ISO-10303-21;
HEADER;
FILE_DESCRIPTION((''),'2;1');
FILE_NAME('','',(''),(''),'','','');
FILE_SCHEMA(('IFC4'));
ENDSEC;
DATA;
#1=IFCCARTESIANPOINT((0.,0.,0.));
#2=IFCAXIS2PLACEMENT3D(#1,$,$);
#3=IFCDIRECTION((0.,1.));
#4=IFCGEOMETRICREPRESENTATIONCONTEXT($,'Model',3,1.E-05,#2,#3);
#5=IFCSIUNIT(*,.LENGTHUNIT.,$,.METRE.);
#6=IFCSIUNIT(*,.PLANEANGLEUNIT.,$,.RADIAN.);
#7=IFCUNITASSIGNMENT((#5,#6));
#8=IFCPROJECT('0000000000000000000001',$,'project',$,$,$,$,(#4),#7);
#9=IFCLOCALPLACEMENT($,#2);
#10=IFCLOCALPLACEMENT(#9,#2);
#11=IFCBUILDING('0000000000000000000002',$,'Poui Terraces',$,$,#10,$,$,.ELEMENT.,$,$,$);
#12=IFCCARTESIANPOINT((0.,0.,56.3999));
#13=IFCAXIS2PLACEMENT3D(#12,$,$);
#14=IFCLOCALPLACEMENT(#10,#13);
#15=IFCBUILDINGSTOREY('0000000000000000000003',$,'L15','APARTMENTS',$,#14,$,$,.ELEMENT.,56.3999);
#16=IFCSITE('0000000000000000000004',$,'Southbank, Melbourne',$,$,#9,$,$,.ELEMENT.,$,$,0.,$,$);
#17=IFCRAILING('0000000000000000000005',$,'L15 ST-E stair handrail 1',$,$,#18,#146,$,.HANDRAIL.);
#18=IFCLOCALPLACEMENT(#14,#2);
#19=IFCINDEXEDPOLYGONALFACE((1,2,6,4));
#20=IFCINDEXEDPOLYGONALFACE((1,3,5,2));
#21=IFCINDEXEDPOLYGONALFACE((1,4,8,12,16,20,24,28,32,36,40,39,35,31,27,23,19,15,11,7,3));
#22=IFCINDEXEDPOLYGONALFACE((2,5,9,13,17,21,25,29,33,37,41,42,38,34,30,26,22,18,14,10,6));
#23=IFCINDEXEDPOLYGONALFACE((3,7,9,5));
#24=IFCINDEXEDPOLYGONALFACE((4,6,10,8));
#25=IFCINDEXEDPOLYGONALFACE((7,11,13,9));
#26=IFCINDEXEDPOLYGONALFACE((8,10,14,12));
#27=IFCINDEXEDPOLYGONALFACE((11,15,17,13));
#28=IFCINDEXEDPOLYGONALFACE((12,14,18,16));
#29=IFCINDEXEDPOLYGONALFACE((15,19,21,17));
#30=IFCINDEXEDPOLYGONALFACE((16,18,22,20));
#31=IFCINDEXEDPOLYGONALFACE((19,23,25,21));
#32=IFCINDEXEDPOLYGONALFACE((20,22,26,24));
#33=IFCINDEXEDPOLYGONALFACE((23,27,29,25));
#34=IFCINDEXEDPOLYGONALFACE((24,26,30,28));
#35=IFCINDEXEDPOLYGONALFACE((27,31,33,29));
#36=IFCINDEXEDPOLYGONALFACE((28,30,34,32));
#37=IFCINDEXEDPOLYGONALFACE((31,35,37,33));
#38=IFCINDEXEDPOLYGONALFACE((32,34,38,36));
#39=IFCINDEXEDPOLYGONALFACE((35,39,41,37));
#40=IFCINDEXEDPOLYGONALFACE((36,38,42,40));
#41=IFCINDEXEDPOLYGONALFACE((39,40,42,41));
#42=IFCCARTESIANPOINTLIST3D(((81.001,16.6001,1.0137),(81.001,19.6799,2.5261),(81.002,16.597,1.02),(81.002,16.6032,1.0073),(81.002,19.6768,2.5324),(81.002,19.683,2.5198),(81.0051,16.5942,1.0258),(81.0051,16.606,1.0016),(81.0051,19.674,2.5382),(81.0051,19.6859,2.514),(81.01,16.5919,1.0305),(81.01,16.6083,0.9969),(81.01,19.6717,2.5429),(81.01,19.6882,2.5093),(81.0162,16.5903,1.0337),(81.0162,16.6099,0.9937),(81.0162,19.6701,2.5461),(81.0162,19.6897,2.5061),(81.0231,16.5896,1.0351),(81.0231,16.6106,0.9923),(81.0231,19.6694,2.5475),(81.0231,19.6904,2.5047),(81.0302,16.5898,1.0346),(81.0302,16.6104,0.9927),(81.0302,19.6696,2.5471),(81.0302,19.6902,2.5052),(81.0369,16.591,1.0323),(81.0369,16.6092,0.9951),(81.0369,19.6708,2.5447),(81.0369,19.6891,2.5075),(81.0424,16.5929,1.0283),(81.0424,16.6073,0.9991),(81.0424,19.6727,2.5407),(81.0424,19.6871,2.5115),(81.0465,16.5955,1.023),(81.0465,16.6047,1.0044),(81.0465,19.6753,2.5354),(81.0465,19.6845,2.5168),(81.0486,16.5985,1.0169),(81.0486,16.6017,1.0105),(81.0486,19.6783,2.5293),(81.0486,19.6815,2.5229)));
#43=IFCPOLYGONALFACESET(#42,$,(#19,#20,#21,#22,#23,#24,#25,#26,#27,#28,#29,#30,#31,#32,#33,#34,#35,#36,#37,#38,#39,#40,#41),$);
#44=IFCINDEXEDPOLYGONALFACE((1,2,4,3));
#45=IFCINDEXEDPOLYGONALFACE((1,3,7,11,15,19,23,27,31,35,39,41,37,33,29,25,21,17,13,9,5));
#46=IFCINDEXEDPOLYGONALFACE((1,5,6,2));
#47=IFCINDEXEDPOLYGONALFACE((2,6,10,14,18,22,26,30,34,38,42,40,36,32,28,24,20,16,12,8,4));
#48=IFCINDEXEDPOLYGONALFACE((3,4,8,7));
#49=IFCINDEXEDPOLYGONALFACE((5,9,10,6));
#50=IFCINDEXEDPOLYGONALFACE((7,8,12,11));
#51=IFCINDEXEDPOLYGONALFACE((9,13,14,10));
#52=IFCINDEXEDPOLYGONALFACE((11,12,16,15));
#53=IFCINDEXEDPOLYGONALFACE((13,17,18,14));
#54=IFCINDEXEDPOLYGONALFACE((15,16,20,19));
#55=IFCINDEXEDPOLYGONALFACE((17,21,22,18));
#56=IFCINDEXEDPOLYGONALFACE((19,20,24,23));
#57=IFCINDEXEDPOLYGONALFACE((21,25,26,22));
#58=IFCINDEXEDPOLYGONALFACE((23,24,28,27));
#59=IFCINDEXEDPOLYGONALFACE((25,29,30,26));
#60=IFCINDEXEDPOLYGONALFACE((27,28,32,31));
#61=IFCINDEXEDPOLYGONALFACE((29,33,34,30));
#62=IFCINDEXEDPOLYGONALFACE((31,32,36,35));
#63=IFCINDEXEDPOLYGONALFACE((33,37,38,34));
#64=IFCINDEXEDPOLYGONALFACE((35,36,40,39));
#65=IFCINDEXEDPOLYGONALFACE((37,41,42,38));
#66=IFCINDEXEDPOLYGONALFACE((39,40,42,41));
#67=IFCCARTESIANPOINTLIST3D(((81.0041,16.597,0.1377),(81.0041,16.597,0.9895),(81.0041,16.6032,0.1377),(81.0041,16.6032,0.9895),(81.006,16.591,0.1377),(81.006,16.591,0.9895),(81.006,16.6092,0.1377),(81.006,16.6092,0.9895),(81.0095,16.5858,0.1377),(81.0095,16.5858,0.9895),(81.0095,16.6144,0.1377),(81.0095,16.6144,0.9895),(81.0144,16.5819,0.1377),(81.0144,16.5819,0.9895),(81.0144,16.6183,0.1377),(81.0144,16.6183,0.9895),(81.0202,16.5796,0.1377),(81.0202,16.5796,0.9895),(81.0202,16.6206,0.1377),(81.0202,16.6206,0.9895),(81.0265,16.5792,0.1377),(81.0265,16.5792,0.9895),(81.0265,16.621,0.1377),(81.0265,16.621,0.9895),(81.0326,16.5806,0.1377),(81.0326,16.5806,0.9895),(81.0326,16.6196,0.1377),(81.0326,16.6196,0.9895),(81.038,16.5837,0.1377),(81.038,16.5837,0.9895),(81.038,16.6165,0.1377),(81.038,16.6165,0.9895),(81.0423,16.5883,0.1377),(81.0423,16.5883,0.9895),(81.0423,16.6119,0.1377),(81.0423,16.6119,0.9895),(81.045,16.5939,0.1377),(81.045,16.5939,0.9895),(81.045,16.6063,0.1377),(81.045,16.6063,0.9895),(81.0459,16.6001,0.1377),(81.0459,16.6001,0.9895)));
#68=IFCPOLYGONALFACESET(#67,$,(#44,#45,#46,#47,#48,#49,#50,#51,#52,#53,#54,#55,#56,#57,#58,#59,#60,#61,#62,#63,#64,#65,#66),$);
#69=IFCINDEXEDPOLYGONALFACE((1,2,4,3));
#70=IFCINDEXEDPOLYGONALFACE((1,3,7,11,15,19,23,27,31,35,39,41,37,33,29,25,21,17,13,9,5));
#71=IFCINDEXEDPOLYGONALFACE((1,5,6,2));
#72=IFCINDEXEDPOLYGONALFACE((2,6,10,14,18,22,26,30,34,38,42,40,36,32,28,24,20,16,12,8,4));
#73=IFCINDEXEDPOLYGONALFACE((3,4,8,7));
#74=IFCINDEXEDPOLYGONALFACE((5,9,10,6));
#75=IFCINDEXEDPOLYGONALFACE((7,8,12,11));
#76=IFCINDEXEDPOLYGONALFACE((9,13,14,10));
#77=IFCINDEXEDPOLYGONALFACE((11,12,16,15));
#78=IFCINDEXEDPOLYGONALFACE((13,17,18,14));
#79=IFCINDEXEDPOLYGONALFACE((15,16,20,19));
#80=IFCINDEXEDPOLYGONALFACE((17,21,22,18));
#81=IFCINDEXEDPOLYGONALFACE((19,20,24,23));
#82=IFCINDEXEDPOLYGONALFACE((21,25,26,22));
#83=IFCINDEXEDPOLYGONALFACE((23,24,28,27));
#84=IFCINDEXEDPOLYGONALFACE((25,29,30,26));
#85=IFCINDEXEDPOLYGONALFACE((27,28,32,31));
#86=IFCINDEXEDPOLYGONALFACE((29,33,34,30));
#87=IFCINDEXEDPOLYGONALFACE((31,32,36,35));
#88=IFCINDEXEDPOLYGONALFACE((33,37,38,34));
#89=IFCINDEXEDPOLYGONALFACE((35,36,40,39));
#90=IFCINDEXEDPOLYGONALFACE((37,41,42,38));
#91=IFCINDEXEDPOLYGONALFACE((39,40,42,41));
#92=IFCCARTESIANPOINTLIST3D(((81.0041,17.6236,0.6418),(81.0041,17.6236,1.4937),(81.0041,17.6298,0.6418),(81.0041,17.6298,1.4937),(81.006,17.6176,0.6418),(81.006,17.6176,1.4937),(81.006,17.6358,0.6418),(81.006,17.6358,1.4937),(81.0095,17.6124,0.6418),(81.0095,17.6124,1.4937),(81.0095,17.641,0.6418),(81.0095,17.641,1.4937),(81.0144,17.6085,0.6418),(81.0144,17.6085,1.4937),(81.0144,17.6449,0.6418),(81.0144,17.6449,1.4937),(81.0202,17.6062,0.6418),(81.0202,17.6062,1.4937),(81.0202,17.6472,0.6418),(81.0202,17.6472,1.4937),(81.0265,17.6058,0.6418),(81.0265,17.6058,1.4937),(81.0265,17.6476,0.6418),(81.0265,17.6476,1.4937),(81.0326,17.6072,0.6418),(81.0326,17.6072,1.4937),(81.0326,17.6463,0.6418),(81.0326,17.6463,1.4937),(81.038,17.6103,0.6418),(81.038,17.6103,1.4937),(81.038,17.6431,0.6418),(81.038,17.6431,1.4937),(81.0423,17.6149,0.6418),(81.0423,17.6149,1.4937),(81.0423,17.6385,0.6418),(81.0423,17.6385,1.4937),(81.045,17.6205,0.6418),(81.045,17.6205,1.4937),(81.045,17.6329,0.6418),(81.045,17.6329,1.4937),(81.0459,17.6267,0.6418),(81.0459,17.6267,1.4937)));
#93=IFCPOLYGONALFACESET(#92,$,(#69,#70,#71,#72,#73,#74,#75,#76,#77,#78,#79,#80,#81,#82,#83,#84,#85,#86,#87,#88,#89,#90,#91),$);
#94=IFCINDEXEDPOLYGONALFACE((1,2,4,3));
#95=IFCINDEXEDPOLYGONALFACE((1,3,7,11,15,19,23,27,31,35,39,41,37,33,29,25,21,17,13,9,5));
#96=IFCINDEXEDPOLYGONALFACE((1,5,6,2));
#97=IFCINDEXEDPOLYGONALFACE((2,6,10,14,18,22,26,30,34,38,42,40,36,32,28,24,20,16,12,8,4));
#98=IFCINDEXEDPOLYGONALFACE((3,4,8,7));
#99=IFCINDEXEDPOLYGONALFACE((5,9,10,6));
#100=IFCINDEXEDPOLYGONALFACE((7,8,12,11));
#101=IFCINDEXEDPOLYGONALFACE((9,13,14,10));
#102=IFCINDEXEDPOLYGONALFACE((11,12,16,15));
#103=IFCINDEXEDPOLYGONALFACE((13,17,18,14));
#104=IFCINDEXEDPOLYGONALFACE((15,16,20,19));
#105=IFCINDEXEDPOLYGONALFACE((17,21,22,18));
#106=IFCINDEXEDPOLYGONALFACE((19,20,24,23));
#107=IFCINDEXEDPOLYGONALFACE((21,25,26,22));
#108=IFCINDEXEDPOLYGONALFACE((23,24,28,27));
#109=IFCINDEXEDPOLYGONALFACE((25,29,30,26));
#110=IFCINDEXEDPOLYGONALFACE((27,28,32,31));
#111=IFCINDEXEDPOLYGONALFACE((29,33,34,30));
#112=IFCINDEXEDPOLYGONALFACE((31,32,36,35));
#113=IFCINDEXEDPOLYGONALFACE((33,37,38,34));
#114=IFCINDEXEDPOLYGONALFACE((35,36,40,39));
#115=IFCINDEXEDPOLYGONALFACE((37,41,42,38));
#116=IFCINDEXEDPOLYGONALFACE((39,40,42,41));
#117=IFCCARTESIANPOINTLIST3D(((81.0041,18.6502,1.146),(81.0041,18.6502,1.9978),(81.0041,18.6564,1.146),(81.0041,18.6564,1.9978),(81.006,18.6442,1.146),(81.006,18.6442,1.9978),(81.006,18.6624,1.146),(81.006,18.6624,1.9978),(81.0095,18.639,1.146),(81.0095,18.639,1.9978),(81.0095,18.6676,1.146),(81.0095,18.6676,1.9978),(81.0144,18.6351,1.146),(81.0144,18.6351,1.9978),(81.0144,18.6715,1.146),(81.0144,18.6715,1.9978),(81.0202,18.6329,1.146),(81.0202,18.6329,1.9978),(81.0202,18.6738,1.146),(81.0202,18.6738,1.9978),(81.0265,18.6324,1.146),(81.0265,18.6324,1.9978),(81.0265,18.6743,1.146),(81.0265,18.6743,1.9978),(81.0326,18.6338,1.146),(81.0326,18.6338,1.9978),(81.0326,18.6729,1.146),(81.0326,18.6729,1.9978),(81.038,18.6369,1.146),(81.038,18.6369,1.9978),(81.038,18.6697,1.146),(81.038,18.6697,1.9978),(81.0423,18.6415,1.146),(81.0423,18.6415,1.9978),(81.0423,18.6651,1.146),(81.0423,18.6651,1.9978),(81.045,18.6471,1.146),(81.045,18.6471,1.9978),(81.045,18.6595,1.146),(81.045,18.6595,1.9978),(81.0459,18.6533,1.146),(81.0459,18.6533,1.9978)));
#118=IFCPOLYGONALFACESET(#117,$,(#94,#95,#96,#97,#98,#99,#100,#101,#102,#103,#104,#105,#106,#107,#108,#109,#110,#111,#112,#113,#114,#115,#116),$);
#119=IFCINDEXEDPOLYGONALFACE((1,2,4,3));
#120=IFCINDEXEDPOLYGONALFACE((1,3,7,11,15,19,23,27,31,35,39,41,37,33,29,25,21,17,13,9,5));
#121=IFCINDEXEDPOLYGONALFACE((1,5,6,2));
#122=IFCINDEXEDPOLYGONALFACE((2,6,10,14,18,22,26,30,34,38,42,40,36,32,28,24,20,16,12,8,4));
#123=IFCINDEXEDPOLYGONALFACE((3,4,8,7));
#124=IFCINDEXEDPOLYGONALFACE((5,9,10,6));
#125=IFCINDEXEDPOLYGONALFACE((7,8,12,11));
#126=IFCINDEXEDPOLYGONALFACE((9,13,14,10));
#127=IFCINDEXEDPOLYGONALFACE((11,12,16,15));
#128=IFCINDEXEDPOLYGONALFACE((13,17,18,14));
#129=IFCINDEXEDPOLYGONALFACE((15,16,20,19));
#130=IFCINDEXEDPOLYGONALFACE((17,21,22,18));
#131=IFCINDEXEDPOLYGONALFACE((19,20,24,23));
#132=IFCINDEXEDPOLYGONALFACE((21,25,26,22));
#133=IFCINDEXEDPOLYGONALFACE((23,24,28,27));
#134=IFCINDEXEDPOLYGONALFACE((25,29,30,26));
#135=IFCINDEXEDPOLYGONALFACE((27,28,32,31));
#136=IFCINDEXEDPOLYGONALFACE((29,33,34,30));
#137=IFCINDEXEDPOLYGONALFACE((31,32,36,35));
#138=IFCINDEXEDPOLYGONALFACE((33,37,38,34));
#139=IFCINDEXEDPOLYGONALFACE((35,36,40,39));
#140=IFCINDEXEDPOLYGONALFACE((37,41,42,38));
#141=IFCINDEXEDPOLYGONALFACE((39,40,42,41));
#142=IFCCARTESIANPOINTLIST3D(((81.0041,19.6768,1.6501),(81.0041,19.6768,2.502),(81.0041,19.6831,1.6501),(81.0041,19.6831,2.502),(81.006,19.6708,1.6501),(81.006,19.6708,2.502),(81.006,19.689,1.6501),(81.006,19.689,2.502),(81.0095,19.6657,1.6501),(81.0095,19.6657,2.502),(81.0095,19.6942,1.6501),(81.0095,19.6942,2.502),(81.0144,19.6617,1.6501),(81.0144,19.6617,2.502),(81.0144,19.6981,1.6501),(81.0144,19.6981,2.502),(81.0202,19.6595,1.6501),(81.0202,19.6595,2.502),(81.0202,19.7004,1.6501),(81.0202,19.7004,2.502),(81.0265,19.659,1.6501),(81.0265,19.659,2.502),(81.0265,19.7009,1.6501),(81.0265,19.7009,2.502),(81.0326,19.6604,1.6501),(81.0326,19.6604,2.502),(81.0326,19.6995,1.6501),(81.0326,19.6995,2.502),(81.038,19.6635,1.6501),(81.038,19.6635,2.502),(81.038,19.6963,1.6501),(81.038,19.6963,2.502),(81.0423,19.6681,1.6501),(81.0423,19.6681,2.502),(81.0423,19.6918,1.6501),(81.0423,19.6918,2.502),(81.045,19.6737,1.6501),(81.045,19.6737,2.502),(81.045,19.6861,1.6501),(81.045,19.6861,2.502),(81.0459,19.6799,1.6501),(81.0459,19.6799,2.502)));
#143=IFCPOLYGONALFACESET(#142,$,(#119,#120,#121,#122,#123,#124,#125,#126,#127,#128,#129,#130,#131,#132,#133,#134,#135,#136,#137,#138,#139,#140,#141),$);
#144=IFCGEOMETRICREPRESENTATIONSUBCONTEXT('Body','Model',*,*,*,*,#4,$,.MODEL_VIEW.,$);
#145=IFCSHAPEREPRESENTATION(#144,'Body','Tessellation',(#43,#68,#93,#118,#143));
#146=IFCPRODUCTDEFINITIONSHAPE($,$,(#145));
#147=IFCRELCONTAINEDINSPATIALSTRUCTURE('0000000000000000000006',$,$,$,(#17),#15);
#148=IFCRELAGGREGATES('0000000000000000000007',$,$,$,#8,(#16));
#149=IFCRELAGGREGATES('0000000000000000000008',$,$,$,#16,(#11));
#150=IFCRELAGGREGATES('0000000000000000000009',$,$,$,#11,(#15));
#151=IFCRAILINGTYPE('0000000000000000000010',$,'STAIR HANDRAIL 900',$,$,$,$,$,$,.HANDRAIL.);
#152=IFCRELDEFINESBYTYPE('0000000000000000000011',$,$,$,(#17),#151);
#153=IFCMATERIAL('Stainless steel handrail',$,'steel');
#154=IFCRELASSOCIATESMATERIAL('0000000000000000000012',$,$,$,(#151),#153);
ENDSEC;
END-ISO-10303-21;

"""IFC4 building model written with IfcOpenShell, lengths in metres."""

from ifc_helpers import new_model, si_unit, direction, frame, origin, origin_2d, place, context, subcontext, project, spatial, circle, extrude, material, type_object, element, save


model = new_model("IFC4")

# Units and contexts
model_context = context("Model", 3, precision=1e-05, world=origin(), true_north=direction((0.0, 1.0)))
body_context = subcontext(model_context, "Body", "Model", "MODEL_VIEW")
ifc_project = project(units=[si_unit("LENGTHUNIT", "METRE"), si_unit("PLANEANGLEUNIT", "RADIAN")], contexts=[model_context])

# Site, building, storey
site_placement = place(None, origin())
site = spatial("IfcSite", under=ifc_project, at=site_placement, Name="Southbank, Melbourne", CompositionType="ELEMENT", RefElevation=0.0)
building_placement = place(site_placement, origin())
building = spatial("IfcBuilding", under=site, at=building_placement, Name="Poui Terraces", CompositionType="ELEMENT")
storey_placement = place(building_placement, frame((0.0, 0.0, 56.3999)))
storey = spatial("IfcBuildingStorey", under=building, at=storey_placement, Name="L15", Description="APARTMENTS", CompositionType="ELEMENT", Elevation=56.3999)

# Railing
ifc_material_1 = material(Name="Stainless steel handrail", Category="steel")
railing_type_1 = type_object("IfcRailingType", Name="STAIR HANDRAIL 900", PredefinedType="HANDRAIL", material=ifc_material_1)
railing_1_placement = place(storey_placement, frame((81.0249, 16.6001, 0.1377)))
element("IfcRailing", 1, at=railing_1_placement, inside=storey, type_object=railing_type_1, Name="L15 ST-E stair handrail 1", PredefinedType="HANDRAIL", context=body_context, shape_type="SweptSolid", body=[
    extrude(circle(Radius=0.0239, at=origin_2d()), frame((0.0, 0.0, 0.876), z_axis=(0.0, 0.897606, 0.440798), x_axis=(-1.0, 0.0, 0.0)), (0.0, 0.0, 1.0), 3.4312),
    extrude(circle(Radius=0.021, at=origin_2d()), origin(), (0.0, 0.0, 1.0), 0.8518),
    extrude(circle(Radius=0.021, at=origin_2d()), frame((0.0, 1.0266, 0.5042)), (0.0, 0.0, 1.0), 0.8518),
    extrude(circle(Radius=0.021, at=origin_2d()), frame((0.0, 2.0532, 1.0083)), (0.0, 0.0, 1.0), 0.8518),
    extrude(circle(Radius=0.021, at=origin_2d()), frame((0.0, 3.0798, 1.5125)), (0.0, 0.0, 1.0), 0.8518),
])

save(model, "model.ifc")
